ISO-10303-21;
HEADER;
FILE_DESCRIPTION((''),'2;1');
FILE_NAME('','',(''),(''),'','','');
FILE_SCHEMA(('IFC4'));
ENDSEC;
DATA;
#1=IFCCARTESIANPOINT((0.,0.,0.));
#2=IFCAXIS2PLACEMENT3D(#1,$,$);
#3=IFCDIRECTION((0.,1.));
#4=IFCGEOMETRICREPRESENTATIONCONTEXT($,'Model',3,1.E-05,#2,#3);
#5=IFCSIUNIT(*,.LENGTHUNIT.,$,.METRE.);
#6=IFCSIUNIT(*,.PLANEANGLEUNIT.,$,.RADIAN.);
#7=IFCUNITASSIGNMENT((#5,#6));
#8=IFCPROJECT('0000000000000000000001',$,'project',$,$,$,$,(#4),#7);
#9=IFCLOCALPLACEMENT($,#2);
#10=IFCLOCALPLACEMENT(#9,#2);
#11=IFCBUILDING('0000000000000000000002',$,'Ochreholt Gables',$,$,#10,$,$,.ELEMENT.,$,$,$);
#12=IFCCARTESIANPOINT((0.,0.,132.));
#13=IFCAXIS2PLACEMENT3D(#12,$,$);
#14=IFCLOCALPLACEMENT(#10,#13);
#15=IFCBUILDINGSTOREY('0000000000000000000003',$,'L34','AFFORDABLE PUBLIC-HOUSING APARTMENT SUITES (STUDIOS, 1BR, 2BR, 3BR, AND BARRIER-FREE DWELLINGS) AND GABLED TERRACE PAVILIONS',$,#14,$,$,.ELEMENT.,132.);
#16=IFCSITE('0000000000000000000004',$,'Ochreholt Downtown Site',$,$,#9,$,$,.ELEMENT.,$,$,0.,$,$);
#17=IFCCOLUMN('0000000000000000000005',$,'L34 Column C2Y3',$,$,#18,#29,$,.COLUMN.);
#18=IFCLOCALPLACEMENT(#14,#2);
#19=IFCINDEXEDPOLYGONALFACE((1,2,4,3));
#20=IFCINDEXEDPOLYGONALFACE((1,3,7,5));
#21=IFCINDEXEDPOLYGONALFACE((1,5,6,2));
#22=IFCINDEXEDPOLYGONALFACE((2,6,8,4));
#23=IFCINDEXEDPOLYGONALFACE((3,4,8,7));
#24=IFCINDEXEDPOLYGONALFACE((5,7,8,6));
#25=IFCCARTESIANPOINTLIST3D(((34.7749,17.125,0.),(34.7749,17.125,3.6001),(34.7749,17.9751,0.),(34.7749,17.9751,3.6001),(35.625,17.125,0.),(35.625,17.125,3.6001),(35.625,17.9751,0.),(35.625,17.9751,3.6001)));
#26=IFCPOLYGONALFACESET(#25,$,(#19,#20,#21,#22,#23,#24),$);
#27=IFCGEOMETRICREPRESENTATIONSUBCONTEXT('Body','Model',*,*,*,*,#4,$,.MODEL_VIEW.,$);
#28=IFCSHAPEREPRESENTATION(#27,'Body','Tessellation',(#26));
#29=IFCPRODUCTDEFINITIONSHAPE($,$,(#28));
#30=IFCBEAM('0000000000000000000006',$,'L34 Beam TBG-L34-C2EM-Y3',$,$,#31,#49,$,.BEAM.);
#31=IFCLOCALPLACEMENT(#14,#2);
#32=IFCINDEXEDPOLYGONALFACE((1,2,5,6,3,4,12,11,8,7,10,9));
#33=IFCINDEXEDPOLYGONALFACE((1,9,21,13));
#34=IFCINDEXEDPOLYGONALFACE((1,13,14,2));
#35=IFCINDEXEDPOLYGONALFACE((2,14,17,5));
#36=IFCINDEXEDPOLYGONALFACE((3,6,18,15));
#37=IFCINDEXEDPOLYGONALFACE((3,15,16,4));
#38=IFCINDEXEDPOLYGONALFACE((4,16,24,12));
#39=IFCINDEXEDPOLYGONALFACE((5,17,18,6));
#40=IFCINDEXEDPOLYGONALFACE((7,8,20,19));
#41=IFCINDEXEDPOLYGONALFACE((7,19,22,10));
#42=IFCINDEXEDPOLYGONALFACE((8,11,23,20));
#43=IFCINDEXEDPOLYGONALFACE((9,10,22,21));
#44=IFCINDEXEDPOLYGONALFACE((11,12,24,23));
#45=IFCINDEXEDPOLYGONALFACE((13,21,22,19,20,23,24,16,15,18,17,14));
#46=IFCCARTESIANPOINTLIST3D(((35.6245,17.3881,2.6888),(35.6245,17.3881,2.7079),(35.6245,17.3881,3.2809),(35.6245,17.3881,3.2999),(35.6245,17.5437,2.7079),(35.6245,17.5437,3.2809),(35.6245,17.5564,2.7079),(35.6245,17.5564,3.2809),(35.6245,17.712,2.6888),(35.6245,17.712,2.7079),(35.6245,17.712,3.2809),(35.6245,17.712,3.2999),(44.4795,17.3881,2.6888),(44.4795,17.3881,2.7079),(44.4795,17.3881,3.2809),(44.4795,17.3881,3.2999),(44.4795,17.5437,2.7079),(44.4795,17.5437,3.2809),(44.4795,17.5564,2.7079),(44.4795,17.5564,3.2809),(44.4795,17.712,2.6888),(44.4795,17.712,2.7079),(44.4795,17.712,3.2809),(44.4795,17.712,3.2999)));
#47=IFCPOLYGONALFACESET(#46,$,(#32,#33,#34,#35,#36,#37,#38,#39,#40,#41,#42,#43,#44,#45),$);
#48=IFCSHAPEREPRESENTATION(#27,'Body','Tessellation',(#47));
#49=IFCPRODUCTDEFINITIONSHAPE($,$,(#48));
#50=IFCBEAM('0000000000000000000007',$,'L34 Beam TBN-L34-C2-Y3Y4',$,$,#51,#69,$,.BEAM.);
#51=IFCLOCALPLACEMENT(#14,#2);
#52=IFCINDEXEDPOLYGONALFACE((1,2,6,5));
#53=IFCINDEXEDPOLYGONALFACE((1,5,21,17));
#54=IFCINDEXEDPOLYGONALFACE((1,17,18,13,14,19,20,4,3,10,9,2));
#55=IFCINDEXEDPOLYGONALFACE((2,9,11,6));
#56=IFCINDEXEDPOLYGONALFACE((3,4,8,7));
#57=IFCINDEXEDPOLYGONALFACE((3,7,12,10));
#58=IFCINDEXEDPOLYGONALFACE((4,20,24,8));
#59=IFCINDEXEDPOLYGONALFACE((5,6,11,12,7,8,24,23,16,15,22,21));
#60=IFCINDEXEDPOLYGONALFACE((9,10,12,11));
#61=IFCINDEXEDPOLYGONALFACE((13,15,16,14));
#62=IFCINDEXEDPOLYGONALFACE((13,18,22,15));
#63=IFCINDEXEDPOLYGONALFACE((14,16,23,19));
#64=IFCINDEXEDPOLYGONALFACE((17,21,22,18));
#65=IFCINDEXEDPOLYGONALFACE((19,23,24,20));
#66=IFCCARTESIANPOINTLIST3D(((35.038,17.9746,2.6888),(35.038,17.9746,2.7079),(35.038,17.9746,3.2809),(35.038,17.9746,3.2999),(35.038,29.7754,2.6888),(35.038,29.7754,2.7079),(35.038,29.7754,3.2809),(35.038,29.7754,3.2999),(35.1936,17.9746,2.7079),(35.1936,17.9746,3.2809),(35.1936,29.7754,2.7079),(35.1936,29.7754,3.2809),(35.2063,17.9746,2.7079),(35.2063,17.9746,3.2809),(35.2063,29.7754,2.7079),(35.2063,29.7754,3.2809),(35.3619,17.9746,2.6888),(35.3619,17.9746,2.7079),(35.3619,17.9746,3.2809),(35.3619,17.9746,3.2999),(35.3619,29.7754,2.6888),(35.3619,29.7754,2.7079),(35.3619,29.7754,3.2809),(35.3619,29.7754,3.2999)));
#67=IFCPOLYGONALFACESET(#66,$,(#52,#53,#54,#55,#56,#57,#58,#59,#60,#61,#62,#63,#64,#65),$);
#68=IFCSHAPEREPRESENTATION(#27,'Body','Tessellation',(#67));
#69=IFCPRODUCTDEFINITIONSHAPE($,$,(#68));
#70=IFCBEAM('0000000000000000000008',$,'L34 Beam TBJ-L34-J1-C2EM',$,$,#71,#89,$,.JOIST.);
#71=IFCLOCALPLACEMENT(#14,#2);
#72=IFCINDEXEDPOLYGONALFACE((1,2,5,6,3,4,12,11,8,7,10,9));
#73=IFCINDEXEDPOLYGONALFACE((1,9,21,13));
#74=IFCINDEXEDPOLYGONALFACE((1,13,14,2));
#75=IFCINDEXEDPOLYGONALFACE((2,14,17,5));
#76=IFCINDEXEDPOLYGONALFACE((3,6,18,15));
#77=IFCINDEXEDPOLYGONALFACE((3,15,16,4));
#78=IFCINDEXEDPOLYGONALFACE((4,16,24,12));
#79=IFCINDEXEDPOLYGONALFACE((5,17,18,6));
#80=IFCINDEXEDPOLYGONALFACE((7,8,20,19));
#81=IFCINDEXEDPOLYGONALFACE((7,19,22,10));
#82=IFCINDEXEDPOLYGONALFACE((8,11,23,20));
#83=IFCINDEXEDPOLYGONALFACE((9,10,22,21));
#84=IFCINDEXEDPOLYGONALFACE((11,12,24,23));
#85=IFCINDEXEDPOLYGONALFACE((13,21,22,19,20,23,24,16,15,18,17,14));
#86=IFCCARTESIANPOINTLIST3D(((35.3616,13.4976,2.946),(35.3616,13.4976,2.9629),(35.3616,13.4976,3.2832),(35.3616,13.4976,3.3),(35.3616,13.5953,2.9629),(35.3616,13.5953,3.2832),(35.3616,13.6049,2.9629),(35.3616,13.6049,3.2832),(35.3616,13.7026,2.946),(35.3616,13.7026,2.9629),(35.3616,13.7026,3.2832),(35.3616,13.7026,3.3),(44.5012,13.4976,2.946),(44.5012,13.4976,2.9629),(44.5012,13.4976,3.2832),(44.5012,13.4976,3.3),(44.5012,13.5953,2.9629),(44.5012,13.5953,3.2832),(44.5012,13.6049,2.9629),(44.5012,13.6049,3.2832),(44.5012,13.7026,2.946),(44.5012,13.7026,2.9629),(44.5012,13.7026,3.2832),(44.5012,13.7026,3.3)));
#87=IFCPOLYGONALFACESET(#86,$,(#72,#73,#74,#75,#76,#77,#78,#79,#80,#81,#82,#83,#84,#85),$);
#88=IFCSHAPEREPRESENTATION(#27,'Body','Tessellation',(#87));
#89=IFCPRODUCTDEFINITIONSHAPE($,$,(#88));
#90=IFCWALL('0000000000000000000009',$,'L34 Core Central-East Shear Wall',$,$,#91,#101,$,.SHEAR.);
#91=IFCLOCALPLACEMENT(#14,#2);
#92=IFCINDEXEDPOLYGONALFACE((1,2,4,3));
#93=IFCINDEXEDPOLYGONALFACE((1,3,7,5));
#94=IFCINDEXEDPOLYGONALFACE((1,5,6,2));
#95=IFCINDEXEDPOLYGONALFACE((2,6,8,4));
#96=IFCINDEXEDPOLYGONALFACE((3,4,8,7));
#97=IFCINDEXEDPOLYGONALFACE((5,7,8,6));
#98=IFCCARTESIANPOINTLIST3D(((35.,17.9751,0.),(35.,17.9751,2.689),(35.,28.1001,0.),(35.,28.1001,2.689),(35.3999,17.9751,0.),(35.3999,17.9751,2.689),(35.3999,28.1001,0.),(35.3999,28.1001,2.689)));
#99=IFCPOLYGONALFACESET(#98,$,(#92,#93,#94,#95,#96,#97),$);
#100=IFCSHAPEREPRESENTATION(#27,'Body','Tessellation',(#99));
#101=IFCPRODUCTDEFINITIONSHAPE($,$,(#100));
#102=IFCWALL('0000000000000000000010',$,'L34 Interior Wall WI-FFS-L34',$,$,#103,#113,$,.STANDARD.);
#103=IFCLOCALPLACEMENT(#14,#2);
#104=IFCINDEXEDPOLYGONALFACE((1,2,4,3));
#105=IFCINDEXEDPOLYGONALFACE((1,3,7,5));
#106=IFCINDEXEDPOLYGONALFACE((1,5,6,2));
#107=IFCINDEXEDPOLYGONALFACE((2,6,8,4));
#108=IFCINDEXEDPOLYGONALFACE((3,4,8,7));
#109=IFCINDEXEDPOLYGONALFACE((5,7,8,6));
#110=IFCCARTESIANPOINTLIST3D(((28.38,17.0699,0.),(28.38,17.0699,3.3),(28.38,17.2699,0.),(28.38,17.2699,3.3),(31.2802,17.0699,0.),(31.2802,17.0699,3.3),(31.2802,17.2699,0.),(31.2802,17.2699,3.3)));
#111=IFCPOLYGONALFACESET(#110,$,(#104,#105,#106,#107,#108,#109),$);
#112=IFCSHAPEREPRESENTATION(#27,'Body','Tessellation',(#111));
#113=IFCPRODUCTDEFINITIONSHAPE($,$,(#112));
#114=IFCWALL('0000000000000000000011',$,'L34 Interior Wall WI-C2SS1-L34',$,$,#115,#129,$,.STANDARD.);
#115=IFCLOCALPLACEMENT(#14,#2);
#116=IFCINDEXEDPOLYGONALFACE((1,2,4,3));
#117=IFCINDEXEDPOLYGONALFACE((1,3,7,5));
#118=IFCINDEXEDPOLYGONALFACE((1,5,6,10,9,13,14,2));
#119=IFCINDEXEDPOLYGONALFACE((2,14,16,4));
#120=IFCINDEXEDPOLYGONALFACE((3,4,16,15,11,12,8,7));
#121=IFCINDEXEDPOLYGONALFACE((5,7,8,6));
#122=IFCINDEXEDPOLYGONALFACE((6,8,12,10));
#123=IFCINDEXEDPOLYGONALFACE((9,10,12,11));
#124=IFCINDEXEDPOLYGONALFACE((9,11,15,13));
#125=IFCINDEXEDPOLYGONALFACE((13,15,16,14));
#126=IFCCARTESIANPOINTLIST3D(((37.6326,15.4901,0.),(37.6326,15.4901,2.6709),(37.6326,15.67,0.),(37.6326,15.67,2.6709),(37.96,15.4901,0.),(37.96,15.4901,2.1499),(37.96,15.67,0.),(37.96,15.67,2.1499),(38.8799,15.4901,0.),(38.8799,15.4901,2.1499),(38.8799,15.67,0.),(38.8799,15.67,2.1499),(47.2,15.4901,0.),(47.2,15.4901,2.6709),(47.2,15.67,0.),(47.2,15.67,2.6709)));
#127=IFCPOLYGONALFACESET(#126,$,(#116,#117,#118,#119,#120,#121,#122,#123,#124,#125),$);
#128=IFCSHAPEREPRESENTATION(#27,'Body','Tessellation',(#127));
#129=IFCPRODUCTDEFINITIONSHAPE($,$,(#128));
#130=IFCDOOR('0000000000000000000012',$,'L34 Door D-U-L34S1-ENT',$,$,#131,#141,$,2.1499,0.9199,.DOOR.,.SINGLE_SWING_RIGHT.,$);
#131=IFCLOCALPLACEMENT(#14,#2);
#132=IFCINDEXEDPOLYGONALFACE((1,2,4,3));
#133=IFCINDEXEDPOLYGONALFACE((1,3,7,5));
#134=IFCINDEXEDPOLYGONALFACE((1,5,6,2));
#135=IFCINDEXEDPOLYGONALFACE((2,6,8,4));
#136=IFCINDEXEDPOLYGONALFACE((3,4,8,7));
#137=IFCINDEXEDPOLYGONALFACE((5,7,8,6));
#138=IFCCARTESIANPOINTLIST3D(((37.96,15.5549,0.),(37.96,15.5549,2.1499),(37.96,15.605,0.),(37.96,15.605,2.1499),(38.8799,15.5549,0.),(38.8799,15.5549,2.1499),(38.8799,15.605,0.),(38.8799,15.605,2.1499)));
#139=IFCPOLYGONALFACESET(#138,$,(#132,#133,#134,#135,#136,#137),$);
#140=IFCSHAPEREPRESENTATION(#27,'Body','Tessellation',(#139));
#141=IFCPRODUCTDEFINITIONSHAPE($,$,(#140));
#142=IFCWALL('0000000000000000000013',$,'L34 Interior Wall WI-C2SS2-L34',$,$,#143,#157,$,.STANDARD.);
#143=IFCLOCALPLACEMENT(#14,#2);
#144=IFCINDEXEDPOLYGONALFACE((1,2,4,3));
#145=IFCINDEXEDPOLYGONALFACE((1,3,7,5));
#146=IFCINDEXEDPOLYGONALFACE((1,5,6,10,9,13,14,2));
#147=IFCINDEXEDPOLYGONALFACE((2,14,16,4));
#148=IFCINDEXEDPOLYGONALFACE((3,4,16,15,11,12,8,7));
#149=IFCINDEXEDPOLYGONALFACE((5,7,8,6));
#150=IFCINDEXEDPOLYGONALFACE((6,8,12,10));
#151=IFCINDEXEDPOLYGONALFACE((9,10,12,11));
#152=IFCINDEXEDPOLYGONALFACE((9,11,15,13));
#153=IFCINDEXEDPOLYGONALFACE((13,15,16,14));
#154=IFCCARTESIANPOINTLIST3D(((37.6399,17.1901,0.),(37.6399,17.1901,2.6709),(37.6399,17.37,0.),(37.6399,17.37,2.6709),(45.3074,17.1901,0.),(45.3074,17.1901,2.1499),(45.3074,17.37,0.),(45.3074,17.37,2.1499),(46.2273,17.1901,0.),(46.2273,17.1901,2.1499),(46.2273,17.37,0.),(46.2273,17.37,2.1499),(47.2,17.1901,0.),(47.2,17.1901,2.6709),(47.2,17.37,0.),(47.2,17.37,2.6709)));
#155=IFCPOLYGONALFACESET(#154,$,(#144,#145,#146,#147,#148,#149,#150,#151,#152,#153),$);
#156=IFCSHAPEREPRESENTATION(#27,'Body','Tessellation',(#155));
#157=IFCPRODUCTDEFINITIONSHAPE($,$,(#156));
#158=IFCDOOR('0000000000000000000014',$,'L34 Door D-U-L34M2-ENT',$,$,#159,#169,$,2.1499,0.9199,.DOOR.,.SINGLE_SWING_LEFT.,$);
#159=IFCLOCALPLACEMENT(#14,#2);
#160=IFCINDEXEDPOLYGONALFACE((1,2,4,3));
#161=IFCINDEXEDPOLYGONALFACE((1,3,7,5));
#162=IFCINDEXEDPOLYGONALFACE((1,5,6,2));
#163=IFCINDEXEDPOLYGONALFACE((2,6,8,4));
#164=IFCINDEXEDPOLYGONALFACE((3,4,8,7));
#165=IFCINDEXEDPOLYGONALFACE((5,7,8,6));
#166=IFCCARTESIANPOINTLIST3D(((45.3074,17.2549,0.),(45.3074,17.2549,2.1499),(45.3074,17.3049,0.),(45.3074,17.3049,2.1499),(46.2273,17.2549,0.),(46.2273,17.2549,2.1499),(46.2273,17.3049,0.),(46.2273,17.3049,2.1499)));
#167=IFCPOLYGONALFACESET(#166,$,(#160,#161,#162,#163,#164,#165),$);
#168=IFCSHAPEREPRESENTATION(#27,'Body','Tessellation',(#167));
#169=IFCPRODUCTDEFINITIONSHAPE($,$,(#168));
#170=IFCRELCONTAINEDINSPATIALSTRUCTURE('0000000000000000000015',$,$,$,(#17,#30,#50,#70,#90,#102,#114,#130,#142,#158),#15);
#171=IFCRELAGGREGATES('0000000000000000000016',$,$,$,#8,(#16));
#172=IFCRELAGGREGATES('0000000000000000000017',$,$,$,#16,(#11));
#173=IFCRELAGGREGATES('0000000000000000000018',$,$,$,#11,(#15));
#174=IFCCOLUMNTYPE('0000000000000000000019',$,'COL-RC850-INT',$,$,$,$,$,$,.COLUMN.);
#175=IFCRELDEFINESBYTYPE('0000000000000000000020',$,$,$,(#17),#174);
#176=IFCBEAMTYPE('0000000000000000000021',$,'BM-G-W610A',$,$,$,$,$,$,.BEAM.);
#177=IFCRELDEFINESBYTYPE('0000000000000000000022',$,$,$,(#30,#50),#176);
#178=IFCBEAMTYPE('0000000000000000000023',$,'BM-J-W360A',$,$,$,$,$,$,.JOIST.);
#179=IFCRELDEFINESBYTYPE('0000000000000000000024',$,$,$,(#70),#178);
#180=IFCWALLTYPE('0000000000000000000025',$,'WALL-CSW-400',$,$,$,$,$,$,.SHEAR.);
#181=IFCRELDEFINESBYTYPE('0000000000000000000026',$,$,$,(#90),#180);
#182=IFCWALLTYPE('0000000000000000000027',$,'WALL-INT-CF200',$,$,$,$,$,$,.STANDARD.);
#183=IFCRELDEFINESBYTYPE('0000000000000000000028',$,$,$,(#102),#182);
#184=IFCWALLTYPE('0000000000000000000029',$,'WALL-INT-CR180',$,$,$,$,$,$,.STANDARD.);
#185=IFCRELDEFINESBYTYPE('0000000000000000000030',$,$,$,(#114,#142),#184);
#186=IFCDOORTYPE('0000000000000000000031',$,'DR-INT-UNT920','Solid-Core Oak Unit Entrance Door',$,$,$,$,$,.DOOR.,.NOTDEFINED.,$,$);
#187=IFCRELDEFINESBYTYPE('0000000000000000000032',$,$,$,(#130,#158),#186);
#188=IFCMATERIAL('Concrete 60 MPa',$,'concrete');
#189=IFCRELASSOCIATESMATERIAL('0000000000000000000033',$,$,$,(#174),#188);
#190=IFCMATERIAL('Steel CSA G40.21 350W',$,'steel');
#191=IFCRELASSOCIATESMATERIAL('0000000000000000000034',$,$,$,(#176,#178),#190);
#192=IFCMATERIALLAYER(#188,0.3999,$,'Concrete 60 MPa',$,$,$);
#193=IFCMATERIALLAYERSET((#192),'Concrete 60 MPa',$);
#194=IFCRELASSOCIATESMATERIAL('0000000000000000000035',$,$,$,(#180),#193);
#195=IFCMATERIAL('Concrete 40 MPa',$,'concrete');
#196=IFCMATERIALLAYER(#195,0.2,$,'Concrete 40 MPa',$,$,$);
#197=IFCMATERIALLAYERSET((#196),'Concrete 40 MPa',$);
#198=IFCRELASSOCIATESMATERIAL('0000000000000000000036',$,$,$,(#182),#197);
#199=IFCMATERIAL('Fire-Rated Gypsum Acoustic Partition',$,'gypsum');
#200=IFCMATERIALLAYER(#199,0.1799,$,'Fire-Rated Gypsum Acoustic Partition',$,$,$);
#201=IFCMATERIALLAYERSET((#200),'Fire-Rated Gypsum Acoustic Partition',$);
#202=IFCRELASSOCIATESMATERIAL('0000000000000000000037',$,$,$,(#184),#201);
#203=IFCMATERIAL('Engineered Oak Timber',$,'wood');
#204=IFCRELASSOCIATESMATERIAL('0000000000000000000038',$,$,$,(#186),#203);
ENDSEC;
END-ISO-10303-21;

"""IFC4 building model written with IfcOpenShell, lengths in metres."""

from ifc_helpers import new_model, si_unit, direction, frame, frame_2d, origin, origin_2d, place, context, subcontext, project, spatial, rectangle, i_section, extrude, material, layer, layer_set, material_profile, profile_set, type_object, element, fill, save


model = new_model("IFC4")

# Units and contexts
model_context = context("Model", 3, precision=1e-05, world=origin(), true_north=direction((0.0, 1.0)))
body_context = subcontext(model_context, "Body", "Model", "MODEL_VIEW")
ifc_project = project(units=[si_unit("LENGTHUNIT", "METRE"), si_unit("PLANEANGLEUNIT", "RADIAN")], contexts=[model_context])

# Site, building, storey
site_placement = place(None, origin())
site = spatial("IfcSite", under=ifc_project, at=site_placement, Name="Ochreholt Downtown Site", CompositionType="ELEMENT", RefElevation=0.0)
building_placement = place(site_placement, origin())
building = spatial("IfcBuilding", under=site, at=building_placement, Name="Ochreholt Gables", CompositionType="ELEMENT")
storey_placement = place(building_placement, frame((0.0, 0.0, 132.0)))
storey = spatial("IfcBuildingStorey", under=building, at=storey_placement, Name="L34", Description="AFFORDABLE PUBLIC-HOUSING APARTMENT SUITES (STUDIOS, 1BR, 2BR, 3BR, AND BARRIER-FREE DWELLINGS) AND GABLED TERRACE PAVILIONS", CompositionType="ELEMENT", Elevation=132.0)

# Column
ifc_material_1 = material(Name="Concrete 60 MPa", Category="concrete")
ifc_material_profile_1 = material_profile(ifc_material_1, rectangle(XDim=0.8501, YDim=0.8501, at=origin_2d()), Name="RC850X850")
ifc_profile_set_1 = profile_set([ifc_material_profile_1], Name="Concrete 60 MPa")
column_type = type_object("IfcColumnType", Name="COL-RC850-INT", PredefinedType="COLUMN", material=ifc_profile_set_1)
column_placement = place(storey_placement, frame((35.2, 17.55, 0.0), z_axis=(0.0, 0.0, 1.0), x_axis=(1.0, 0.0, 0.0)))
element("IfcColumn", 1, at=column_placement, inside=storey, type_object=column_type, Name="L34 Column C2Y3", PredefinedType="COLUMN", context=body_context, shape_type="SweptSolid", body=[
    extrude(rectangle(XDim=0.8501, YDim=0.8501, at=origin_2d()), origin(), (0.0, 0.0, 1.0), 3.6001),
])

# Beams
ifc_material_2 = material(Name="Steel CSA G40.21 350W", Category="steel")
ifc_material_profile_2 = material_profile(ifc_material_2, i_section(OverallWidth=0.324, OverallDepth=0.6111, WebThickness=0.0127, FlangeThickness=0.019, at=origin_2d()), Name="W610X155")
ifc_profile_set_2 = profile_set([ifc_material_profile_2], Name="Steel CSA G40.21 350W")
beam_type_1 = type_object("IfcBeamType", Name="BM-G-W610A", PredefinedType="BEAM", material=ifc_profile_set_2)
beam_1_placement = place(storey_placement, frame((35.6245, 17.55, 2.9944), z_axis=(1.0, 0.0, 0.0), x_axis=(0.0, 1.0, 0.0)))
element("IfcBeam", 2, at=beam_1_placement, inside=storey, type_object=beam_type_1, Name="L34 Beam TBG-L34-C2EM-Y3", PredefinedType="BEAM", context=body_context, shape_type="SweptSolid", body=[
    extrude(i_section(OverallWidth=0.324, OverallDepth=0.6111, WebThickness=0.0127, FlangeThickness=0.019, at=origin_2d()), origin(), (0.0, 0.0, 1.0), 8.855),
])
beam_2_placement = place(storey_placement, frame((35.2, 17.9746, 2.9944), z_axis=(0.0, 1.0, 0.0), x_axis=(-1.0, 0.0, 0.0)))
element("IfcBeam", 3, at=beam_2_placement, inside=storey, type_object=beam_type_1, Name="L34 Beam TBN-L34-C2-Y3Y4", PredefinedType="BEAM", context=body_context, shape_type="SweptSolid", body=[
    extrude(i_section(OverallWidth=0.324, OverallDepth=0.6111, WebThickness=0.0127, FlangeThickness=0.019, at=origin_2d()), origin(), (0.0, 0.0, 1.0), 11.8008),
])
ifc_material_profile_3 = material_profile(ifc_material_2, i_section(OverallWidth=0.2051, OverallDepth=0.354, WebThickness=0.0095, FlangeThickness=0.0168, at=origin_2d()), Name="W360X79")
ifc_profile_set_3 = profile_set([ifc_material_profile_3], Name="Steel CSA G40.21 350W")
beam_type_2 = type_object("IfcBeamType", Name="BM-J-W360A", PredefinedType="JOIST", material=ifc_profile_set_3)
beam_3_placement = place(storey_placement, frame((35.3616, 13.6001, 3.123), z_axis=(1.0, 0.0, 0.0), x_axis=(0.0, 1.0, 0.0)))
element("IfcBeam", 4, at=beam_3_placement, inside=storey, type_object=beam_type_2, Name="L34 Beam TBJ-L34-J1-C2EM", PredefinedType="JOIST", context=body_context, shape_type="SweptSolid", body=[
    extrude(i_section(OverallWidth=0.2051, OverallDepth=0.354, WebThickness=0.0095, FlangeThickness=0.0168, at=origin_2d()), origin(), (0.0, 0.0, 1.0), 9.1396),
])

# Walls
ifc_layer_1 = layer(ifc_material_1, 0.3999, Name="Concrete 60 MPa")
ifc_layer_set_1 = layer_set([ifc_layer_1], Name="Concrete 60 MPa")
wall_type_1 = type_object("IfcWallType", Name="WALL-CSW-400", PredefinedType="SHEAR", material=ifc_layer_set_1)
wall_1_placement = place(storey_placement, frame((35.2, 17.9751, 0.0), z_axis=(0.0, 0.0, 1.0), x_axis=(0.0, 1.0, 0.0)))
element("IfcWall", 5, at=wall_1_placement, inside=storey, type_object=wall_type_1, Name="L34 Core Central-East Shear Wall", PredefinedType="SHEAR", context=body_context, shape_type="SweptSolid", body=[
    extrude(rectangle(XDim=10.125, YDim=0.3999, at=frame_2d((5.0625, 0.0))), origin(), (0.0, 0.0, 1.0), 2.689),
])
ifc_material_3 = material(Name="Concrete 40 MPa", Category="concrete")
ifc_layer_2 = layer(ifc_material_3, 0.2, Name="Concrete 40 MPa")
ifc_layer_set_2 = layer_set([ifc_layer_2], Name="Concrete 40 MPa")
wall_type_2 = type_object("IfcWallType", Name="WALL-INT-CF200", PredefinedType="STANDARD", material=ifc_layer_set_2)
wall_2_placement = place(storey_placement, frame((28.3799, 17.1699, 0.0), z_axis=(0.0, 0.0, 1.0), x_axis=(1.0, 0.0, 0.0)))
element("IfcWall", 6, at=wall_2_placement, inside=storey, type_object=wall_type_2, Name="L34 Interior Wall WI-FFS-L34", PredefinedType="STANDARD", context=body_context, shape_type="SweptSolid", body=[
    extrude(rectangle(XDim=2.9001, YDim=0.2, at=frame_2d((1.4502, 0.0))), origin(), (0.0, 0.0, 1.0), 3.3),
])

# Shared definitions
ifc_material_4 = material(Name="Fire-Rated Gypsum Acoustic Partition", Category="gypsum")
ifc_layer_3 = layer(ifc_material_4, 0.1799, Name="Fire-Rated Gypsum Acoustic Partition")
ifc_layer_set_3 = layer_set([ifc_layer_3], Name="Fire-Rated Gypsum Acoustic Partition")
wall_type_3 = type_object("IfcWallType", Name="WALL-INT-CR180", PredefinedType="STANDARD", material=ifc_layer_set_3)
ifc_material_5 = material(Name="Engineered Oak Timber", Category="wood")

# Walls, openings, doors
wall_3_placement = place(storey_placement, frame((37.6326, 15.5801, 0.0), z_axis=(0.0, 0.0, 1.0), x_axis=(1.0, 0.0, 0.0)))
wall_3 = element("IfcWall", 7, at=wall_3_placement, inside=storey, type_object=wall_type_3, Name="L34 Interior Wall WI-C2SS1-L34", PredefinedType="STANDARD", context=body_context, shape_type="SweptSolid", body=[
    extrude(rectangle(XDim=9.5674, YDim=0.1799, at=frame_2d((4.7837, 0.0))), origin(), (0.0, 0.0, 1.0), 2.6709),
])
opening_1_placement = place(wall_3_placement, frame((0.3274, 0.0, 0.0)))
opening_1 = element("IfcOpeningElement", 8, at=opening_1_placement, cuts=wall_3, PredefinedType="OPENING", context=body_context, shape_type="SweptSolid", body=[
    extrude(rectangle(XDim=0.9199, YDim=2.1499, at=frame_2d((0.46, 1.075))), frame((0.0, 0.0999, 0.0), z_axis=(0.0, -1.0, 0.0), x_axis=(1.0, 0.0, 0.0)), (0.0, 0.0, 1.0), 0.2),
])
door_type_1 = type_object("IfcDoorType", Name="DR-INT-UNT920", Description="Solid-Core Oak Unit Entrance Door", OperationType="NOTDEFINED", PredefinedType="DOOR", material=ifc_material_5)
door_1_placement = place(opening_1_placement, origin())
door_1 = element("IfcDoor", 9, at=door_1_placement, inside=storey, type_object=door_type_1, Name="L34 Door D-U-L34S1-ENT", OperationType="SINGLE_SWING_RIGHT", OverallHeight=2.1499, OverallWidth=0.9199, PredefinedType="DOOR", context=body_context, shape_type="SweptSolid", body=[
    extrude(rectangle(XDim=0.9199, YDim=2.1499, at=frame_2d((0.46, 1.075))), frame((0.0, 0.0249, 0.0), z_axis=(0.0, -1.0, 0.0), x_axis=(1.0, 0.0, 0.0)), (0.0, 0.0, 1.0), 0.05),
])
fill(opening_1, door_1)
wall_4_placement = place(storey_placement, frame((37.6399, 17.28, 0.0), z_axis=(0.0, 0.0, 1.0), x_axis=(1.0, 0.0, 0.0)))
wall_4 = element("IfcWall", 10, at=wall_4_placement, inside=storey, type_object=wall_type_3, Name="L34 Interior Wall WI-C2SS2-L34", PredefinedType="STANDARD", context=body_context, shape_type="SweptSolid", body=[
    extrude(rectangle(XDim=9.5601, YDim=0.1799, at=frame_2d((4.78, 0.0))), origin(), (0.0, 0.0, 1.0), 2.6709),
])
opening_2_placement = place(wall_4_placement, frame((7.6675, 0.0, 0.0)))
opening_2 = element("IfcOpeningElement", 11, at=opening_2_placement, cuts=wall_4, PredefinedType="OPENING", context=body_context, shape_type="SweptSolid", body=[
    extrude(rectangle(XDim=0.9199, YDim=2.1499, at=frame_2d((0.46, 1.075))), frame((0.0, 0.0999, 0.0), z_axis=(0.0, -1.0, 0.0), x_axis=(1.0, 0.0, 0.0)), (0.0, 0.0, 1.0), 0.2),
])
door_2_placement = place(opening_2_placement, origin())
door_2 = element("IfcDoor", 12, at=door_2_placement, inside=storey, type_object=door_type_1, Name="L34 Door D-U-L34M2-ENT", OperationType="SINGLE_SWING_LEFT", OverallHeight=2.1499, OverallWidth=0.9199, PredefinedType="DOOR", context=body_context, shape_type="SweptSolid", body=[
    extrude(rectangle(XDim=0.9199, YDim=2.1499, at=frame_2d((0.46, 1.075))), frame((0.0, 0.0249, 0.0), z_axis=(0.0, -1.0, 0.0), x_axis=(1.0, 0.0, 0.0)), (0.0, 0.0, 1.0), 0.05),
])
fill(opening_2, door_2)

save(model, "model.ifc")
